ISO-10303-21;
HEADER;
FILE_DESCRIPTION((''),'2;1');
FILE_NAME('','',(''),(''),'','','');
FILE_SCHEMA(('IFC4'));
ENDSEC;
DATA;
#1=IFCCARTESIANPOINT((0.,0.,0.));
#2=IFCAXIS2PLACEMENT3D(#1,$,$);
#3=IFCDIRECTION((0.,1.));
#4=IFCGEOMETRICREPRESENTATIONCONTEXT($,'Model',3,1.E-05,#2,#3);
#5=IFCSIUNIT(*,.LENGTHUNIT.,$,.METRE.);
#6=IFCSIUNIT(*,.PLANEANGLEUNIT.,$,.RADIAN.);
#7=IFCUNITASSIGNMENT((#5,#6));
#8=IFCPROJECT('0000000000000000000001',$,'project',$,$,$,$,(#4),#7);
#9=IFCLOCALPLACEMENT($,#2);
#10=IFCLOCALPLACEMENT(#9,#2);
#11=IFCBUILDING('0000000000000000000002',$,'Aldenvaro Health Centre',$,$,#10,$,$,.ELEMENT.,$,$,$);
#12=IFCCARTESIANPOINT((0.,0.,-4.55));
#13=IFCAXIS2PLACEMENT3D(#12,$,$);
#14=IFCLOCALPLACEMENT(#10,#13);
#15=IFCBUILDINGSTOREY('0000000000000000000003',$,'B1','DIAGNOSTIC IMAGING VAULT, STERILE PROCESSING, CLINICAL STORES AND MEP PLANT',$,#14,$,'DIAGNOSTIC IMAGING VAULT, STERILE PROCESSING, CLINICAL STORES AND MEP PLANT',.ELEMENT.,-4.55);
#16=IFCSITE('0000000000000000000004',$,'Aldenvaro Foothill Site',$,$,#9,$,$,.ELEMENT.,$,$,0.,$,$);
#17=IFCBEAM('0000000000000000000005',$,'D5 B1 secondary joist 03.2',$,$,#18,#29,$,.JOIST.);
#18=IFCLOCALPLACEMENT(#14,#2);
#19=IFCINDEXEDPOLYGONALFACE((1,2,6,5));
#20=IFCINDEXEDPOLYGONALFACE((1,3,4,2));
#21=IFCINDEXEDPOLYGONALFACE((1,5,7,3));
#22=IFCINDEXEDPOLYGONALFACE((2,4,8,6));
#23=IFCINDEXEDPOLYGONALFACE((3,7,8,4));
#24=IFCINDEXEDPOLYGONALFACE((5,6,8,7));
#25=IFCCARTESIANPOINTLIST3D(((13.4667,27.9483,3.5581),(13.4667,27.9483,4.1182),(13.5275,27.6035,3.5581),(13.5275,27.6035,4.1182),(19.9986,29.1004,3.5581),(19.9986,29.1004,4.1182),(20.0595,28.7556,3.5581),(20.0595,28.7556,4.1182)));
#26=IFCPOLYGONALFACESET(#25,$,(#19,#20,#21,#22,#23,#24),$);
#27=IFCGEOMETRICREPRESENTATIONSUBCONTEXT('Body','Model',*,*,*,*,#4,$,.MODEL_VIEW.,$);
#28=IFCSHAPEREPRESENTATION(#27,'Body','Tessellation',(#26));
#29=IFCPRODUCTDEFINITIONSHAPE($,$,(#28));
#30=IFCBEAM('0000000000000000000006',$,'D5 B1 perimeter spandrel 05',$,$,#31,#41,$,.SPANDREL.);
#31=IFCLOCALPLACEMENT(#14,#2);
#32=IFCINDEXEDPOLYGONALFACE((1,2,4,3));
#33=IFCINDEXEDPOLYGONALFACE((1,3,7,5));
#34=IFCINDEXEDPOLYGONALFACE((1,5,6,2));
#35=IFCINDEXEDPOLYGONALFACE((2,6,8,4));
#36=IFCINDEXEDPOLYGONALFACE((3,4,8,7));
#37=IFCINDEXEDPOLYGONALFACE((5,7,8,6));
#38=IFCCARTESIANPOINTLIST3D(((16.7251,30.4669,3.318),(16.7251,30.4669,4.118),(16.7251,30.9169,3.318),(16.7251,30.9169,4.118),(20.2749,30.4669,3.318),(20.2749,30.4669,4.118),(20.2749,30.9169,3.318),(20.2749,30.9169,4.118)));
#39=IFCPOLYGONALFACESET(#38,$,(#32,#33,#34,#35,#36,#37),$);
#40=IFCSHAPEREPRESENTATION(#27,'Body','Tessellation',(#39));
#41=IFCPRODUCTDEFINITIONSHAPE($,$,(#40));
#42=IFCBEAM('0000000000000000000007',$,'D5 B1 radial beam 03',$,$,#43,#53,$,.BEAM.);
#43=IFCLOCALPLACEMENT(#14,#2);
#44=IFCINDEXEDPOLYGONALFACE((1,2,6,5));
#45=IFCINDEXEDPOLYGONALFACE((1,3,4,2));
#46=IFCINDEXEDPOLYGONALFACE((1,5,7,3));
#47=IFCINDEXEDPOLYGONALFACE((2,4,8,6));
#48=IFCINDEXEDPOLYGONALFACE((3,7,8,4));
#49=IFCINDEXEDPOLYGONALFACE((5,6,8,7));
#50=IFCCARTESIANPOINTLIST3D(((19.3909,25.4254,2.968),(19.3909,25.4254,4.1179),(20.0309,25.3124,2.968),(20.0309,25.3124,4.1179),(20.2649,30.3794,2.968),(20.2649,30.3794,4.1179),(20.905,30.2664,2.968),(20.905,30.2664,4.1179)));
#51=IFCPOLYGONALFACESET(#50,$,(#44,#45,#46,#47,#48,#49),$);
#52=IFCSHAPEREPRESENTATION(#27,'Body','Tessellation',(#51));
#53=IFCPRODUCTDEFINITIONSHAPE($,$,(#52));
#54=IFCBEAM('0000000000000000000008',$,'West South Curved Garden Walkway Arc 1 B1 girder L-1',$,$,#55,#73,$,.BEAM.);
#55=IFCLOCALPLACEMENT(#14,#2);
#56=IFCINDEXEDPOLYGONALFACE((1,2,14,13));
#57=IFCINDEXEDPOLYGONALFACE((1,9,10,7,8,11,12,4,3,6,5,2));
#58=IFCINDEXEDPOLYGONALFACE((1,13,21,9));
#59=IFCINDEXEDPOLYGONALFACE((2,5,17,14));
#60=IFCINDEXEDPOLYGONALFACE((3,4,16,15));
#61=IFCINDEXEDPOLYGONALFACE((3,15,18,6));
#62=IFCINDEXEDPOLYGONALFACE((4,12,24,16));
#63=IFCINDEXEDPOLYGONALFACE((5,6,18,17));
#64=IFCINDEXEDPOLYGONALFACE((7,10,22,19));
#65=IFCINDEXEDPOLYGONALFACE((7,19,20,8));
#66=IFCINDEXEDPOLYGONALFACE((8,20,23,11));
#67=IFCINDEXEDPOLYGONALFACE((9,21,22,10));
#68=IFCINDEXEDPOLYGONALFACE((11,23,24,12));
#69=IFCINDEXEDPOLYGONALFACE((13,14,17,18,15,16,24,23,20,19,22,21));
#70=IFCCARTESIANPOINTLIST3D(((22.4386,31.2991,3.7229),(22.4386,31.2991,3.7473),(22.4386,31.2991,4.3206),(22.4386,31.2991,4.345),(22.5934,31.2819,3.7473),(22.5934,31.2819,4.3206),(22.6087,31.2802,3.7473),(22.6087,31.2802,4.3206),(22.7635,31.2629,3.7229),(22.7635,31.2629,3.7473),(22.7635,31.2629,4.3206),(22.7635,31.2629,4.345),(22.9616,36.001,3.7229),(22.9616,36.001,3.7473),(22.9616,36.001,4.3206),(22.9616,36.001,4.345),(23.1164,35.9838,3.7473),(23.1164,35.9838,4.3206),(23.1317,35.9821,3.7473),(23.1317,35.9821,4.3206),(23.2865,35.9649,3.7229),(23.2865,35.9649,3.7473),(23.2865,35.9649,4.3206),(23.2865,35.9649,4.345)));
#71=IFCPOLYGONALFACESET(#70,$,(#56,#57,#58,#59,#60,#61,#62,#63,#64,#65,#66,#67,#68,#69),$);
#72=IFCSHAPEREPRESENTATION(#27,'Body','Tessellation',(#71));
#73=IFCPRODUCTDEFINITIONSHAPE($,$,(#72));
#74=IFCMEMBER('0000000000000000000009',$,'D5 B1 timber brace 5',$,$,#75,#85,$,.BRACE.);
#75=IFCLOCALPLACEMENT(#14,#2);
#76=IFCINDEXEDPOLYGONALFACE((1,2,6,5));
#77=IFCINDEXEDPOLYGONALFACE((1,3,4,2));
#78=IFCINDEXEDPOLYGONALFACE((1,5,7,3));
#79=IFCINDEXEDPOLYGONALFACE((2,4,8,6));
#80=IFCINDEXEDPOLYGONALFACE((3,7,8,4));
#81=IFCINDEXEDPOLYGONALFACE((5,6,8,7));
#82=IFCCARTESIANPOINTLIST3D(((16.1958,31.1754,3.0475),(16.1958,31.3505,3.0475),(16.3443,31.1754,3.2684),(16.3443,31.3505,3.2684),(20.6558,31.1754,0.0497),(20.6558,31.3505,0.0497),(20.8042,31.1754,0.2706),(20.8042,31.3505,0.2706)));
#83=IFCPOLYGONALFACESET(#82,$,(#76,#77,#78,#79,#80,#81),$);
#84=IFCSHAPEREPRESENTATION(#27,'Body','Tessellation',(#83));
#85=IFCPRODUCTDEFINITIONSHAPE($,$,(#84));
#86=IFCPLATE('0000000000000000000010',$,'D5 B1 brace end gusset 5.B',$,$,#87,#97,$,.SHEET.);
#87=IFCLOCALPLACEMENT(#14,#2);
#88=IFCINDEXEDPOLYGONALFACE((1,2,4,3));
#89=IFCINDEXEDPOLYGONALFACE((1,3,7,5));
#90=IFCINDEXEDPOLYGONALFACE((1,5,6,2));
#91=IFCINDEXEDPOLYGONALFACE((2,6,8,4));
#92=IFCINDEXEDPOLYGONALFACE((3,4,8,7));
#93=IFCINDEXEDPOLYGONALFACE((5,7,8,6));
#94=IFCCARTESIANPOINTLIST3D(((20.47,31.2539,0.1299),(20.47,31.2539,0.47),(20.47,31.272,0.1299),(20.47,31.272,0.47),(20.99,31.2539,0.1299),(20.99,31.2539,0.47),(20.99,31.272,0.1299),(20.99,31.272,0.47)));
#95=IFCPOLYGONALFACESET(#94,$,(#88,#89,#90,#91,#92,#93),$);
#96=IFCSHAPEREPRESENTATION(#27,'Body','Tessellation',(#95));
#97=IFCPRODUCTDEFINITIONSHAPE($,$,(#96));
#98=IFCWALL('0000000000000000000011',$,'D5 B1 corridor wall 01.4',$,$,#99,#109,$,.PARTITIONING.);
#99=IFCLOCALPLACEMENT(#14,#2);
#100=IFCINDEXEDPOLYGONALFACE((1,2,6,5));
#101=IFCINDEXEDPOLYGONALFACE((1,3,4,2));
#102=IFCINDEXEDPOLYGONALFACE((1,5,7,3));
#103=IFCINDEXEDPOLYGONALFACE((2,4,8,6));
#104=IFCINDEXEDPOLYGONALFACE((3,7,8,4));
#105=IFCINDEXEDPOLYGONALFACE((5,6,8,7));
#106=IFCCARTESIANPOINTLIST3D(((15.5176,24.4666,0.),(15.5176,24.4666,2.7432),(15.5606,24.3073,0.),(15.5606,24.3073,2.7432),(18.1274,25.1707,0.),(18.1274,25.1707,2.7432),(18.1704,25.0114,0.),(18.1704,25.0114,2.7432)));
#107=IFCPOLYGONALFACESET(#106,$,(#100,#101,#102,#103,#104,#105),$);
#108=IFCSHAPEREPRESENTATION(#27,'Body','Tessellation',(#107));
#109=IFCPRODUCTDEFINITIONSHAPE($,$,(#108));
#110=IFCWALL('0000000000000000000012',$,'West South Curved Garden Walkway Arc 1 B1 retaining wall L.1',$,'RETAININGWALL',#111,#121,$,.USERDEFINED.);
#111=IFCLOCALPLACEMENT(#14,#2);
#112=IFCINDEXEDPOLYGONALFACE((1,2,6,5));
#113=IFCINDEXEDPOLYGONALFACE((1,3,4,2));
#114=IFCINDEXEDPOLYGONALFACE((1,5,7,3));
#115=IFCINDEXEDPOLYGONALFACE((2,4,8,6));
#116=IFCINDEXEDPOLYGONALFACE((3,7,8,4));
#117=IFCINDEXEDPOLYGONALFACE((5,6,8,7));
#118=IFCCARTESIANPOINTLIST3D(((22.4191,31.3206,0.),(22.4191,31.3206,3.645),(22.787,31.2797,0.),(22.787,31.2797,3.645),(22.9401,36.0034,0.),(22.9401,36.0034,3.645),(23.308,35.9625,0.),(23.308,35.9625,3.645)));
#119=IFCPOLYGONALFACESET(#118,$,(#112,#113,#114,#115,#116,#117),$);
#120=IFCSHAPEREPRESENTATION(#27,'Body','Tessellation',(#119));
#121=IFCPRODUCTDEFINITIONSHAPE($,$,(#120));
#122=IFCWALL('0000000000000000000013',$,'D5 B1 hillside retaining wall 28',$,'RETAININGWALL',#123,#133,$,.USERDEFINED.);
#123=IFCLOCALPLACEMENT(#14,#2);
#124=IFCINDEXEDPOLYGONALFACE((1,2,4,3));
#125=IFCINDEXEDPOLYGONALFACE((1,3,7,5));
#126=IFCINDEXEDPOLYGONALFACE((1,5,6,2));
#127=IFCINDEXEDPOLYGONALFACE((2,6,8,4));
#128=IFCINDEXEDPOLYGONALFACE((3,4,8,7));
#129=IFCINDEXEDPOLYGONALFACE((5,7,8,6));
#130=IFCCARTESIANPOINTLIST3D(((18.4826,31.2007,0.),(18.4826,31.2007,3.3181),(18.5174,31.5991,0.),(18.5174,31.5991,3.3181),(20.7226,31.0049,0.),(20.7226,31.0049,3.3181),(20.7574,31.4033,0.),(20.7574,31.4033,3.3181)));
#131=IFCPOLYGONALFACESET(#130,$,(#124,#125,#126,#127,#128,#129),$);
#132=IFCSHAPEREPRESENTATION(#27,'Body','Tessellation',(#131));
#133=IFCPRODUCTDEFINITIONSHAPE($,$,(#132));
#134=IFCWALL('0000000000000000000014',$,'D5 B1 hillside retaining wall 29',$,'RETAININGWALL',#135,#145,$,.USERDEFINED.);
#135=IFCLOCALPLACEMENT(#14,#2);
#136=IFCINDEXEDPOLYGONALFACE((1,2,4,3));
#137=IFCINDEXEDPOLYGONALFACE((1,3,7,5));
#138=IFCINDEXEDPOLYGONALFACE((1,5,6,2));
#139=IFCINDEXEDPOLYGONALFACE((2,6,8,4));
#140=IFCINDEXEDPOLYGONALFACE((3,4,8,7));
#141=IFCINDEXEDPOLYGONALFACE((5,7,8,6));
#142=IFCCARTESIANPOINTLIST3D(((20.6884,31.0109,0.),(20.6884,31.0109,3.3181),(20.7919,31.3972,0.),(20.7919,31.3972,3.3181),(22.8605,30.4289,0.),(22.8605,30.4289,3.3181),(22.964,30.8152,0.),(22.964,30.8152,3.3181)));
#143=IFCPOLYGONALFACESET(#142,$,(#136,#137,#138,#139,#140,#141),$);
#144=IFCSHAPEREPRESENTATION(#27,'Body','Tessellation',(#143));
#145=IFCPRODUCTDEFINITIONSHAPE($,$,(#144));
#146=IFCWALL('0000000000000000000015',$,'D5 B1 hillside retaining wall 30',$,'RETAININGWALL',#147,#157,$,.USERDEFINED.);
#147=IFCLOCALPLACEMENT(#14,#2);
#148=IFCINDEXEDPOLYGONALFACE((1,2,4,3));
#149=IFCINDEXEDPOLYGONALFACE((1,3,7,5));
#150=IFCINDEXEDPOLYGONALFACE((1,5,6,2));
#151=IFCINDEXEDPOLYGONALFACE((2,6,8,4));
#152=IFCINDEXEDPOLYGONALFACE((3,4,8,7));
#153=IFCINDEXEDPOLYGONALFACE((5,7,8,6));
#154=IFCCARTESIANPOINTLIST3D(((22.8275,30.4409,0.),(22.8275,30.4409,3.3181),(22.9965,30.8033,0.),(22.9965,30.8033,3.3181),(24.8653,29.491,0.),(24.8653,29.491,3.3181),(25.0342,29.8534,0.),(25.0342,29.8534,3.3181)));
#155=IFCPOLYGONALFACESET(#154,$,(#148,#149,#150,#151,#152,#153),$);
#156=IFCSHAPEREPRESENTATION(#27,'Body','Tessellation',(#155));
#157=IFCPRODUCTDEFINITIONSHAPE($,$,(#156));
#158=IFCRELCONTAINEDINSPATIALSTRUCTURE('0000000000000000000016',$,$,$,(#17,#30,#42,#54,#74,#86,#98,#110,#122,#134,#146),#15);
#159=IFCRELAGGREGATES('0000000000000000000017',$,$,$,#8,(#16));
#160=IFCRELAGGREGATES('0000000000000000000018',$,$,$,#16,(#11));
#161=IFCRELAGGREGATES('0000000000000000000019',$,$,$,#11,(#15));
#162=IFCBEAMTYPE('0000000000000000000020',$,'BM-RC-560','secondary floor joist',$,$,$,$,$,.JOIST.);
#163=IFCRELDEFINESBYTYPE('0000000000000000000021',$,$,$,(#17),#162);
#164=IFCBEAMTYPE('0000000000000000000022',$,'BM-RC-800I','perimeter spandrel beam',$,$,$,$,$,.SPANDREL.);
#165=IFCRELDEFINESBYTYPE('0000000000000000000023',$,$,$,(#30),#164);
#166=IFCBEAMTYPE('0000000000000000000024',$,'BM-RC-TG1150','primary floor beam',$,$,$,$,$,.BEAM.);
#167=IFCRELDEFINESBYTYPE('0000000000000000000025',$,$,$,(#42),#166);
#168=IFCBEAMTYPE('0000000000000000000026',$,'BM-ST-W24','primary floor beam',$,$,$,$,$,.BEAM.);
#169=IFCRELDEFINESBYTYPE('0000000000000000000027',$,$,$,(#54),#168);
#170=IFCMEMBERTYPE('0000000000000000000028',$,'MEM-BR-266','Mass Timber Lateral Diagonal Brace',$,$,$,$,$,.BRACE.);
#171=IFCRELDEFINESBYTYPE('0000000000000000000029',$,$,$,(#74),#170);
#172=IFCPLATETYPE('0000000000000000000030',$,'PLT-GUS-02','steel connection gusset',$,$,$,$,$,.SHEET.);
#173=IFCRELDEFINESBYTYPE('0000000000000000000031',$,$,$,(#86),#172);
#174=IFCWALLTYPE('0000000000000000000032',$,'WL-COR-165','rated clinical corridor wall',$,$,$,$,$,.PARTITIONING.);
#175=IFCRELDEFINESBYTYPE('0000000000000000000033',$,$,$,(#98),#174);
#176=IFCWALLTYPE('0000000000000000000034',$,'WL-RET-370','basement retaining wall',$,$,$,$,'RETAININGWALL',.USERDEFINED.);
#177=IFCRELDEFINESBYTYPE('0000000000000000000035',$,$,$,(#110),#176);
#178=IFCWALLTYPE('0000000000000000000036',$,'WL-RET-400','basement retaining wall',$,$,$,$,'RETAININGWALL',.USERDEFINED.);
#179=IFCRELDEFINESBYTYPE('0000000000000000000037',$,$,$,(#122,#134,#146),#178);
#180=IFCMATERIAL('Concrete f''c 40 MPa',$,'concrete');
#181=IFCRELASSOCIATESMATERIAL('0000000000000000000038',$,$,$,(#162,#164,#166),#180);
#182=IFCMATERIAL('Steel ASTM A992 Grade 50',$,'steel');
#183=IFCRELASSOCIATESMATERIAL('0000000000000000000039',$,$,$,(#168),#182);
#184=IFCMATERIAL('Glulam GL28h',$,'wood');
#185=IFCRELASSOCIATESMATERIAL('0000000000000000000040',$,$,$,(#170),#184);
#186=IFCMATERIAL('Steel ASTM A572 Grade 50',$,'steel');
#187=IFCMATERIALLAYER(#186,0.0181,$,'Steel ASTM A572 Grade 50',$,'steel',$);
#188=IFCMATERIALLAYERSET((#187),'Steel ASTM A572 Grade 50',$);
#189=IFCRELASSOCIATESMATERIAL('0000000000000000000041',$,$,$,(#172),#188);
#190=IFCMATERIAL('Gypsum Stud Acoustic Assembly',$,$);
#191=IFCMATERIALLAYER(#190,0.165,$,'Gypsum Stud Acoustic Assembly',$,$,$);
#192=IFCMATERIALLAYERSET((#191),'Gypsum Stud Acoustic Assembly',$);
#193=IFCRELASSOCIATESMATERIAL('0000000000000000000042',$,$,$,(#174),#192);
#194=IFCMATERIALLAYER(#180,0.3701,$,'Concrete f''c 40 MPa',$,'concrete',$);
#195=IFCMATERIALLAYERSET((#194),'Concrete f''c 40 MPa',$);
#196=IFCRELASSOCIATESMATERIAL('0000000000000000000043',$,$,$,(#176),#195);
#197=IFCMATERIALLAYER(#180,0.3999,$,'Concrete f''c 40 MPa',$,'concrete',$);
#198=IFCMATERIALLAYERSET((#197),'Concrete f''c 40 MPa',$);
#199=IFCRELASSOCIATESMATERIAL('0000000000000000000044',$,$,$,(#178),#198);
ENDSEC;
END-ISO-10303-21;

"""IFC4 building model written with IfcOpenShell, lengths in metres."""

from ifc_helpers import new_model, si_unit, direction, frame, frame_2d, origin, origin_2d, place, context, subcontext, project, spatial, rectangle, i_section, extrude, material, layer, layer_set, material_profile, profile_set, type_object, element, save


model = new_model("IFC4")

# Units and contexts
model_context = context("Model", 3, precision=1e-05, world=origin(), true_north=direction((0.0, 1.0)))
body_context = subcontext(model_context, "Body", "Model", "MODEL_VIEW")
ifc_project = project(units=[si_unit("LENGTHUNIT", "METRE"), si_unit("PLANEANGLEUNIT", "RADIAN")], contexts=[model_context])

# Site, building, storey
site_placement = place(None, origin())
site = spatial("IfcSite", under=ifc_project, at=site_placement, Name="Aldenvaro Foothill Site", CompositionType="ELEMENT", RefElevation=0.0)
building_placement = place(site_placement, origin())
building = spatial("IfcBuilding", under=site, at=building_placement, Name="Aldenvaro Health Centre", CompositionType="ELEMENT")
storey_placement = place(building_placement, frame((0.0, 0.0, -4.55)))
storey = spatial("IfcBuildingStorey", under=building, at=storey_placement, Name="B1", Description="DIAGNOSTIC IMAGING VAULT, STERILE PROCESSING, CLINICAL STORES AND MEP PLANT", LongName="DIAGNOSTIC IMAGING VAULT, STERILE PROCESSING, CLINICAL STORES AND MEP PLANT", CompositionType="ELEMENT", Elevation=-4.55)

# Shared definitions
ifc_material_1 = material(Name="Concrete f'c 40 MPa", Category="concrete")

# Beams
ifc_material_profile_1 = material_profile(ifc_material_1, rectangle(XDim=0.3501, YDim=0.5601, at=origin_2d()), Name="RC 350x560", Category="concrete")
ifc_profile_set_1 = profile_set([ifc_material_profile_1], Name="Concrete f'c 40 MPa")
beam_type_1 = type_object("IfcBeamType", Name="BM-RC-560", Description="secondary floor joist", PredefinedType="JOIST", material=ifc_profile_set_1)
beam_1_placement = place(storey_placement, frame((20.0291, 28.928, 3.8381), z_axis=(-0.984799, -0.173697, 0.0), x_axis=(0.173697, -0.984799, 0.0)))
element("IfcBeam", 1, at=beam_1_placement, inside=storey, type_object=beam_type_1, Name="D5 B1 secondary joist 03.2", PredefinedType="JOIST", context=body_context, shape_type="SweptSolid", body=[
    extrude(rectangle(XDim=0.3501, YDim=0.5601, at=origin_2d()), origin(), (0.0, 0.0, 1.0), 6.6328),
])
ifc_material_profile_2 = material_profile(ifc_material_1, rectangle(XDim=0.45, YDim=0.8, at=origin_2d()), Name="RC 450x800", Category="concrete")
ifc_profile_set_2 = profile_set([ifc_material_profile_2], Name="Concrete f'c 40 MPa")
beam_type_2 = type_object("IfcBeamType", Name="BM-RC-800I", Description="perimeter spandrel beam", PredefinedType="SPANDREL", material=ifc_profile_set_2)
beam_2_placement = place(storey_placement, frame((20.2749, 30.6919, 3.718), z_axis=(-1.0, 0.0, 0.0), x_axis=(0.0, -1.0, 0.0)))
element("IfcBeam", 2, at=beam_2_placement, inside=storey, type_object=beam_type_2, Name="D5 B1 perimeter spandrel 05", PredefinedType="SPANDREL", context=body_context, shape_type="SweptSolid", body=[
    extrude(rectangle(XDim=0.45, YDim=0.8, at=origin_2d()), origin(), (0.0, 0.0, 1.0), 3.5498),
])
ifc_material_profile_3 = material_profile(ifc_material_1, rectangle(XDim=0.6499, YDim=1.1499, at=origin_2d()), Name="RC 650x1150", Category="concrete")
ifc_profile_set_3 = profile_set([ifc_material_profile_3], Name="Concrete f'c 40 MPa")
beam_type_3 = type_object("IfcBeamType", Name="BM-RC-TG1150", Description="primary floor beam", PredefinedType="BEAM", material=ifc_profile_set_3)
beam_3_placement = place(storey_placement, frame((19.7109, 25.3689, 3.543), z_axis=(0.173741, 0.984791, 0.0), x_axis=(-0.984791, 0.173741, 0.0)))
element("IfcBeam", 3, at=beam_3_placement, inside=storey, type_object=beam_type_3, Name="D5 B1 radial beam 03", PredefinedType="BEAM", context=body_context, shape_type="SweptSolid", body=[
    extrude(rectangle(XDim=0.6499, YDim=1.1499, at=origin_2d()), origin(), (0.0, 0.0, 1.0), 5.0305),
])
ifc_material_2 = material(Name="Steel ASTM A992 Grade 50", Category="steel")
ifc_material_profile_4 = material_profile(ifc_material_2, i_section(OverallWidth=0.3269, OverallDepth=0.6221, WebThickness=0.0154, FlangeThickness=0.0244, at=origin_2d()), Name="W24X131", Category="steel")
ifc_profile_set_4 = profile_set([ifc_material_profile_4], Name="Steel ASTM A992 Grade 50")
beam_type_4 = type_object("IfcBeamType", Name="BM-ST-W24", Description="primary floor beam", PredefinedType="BEAM", material=ifc_profile_set_4)
beam_4_placement = place(storey_placement, frame((22.6011, 31.281, 4.0339), z_axis=(0.110539, 0.993872, 0.0), x_axis=(-0.993872, 0.110539, 0.0)))
element("IfcBeam", 4, at=beam_4_placement, inside=storey, type_object=beam_type_4, Name="West South Curved Garden Walkway Arc 1 B1 girder L-1", PredefinedType="BEAM", context=body_context, shape_type="SweptSolid", body=[
    extrude(i_section(OverallWidth=0.3269, OverallDepth=0.6221, WebThickness=0.0154, FlangeThickness=0.0244, at=origin_2d()), origin(), (0.0, 0.0, 1.0), 4.731),
])

# Member
ifc_material_3 = material(Name="Glulam GL28h", Category="wood")
ifc_material_profile_5 = material_profile(ifc_material_3, rectangle(XDim=0.175, YDim=0.2661, at=origin_2d()), Name="GL 175x266", Category="wood")
ifc_profile_set_5 = profile_set([ifc_material_profile_5], Name="Glulam GL28h")
member_type = type_object("IfcMemberType", Name="MEM-BR-266", Description="Mass Timber Lateral Diagonal Brace", PredefinedType="BRACE", material=ifc_profile_set_5)
member_placement = place(storey_placement, frame((20.73, 31.2629, 0.1602), z_axis=(-0.82994, 0.0, 0.557852), x_axis=(0.0, -1.0, 0.0)))
element("IfcMember", 5, at=member_placement, inside=storey, type_object=member_type, Name="D5 B1 timber brace 5", PredefinedType="BRACE", context=body_context, shape_type="SweptSolid", body=[
    extrude(rectangle(XDim=0.175, YDim=0.2661, at=origin_2d()), origin(), (0.0, 0.0, 1.0), 5.3738),
])

# Plate
ifc_material_4 = material(Name="Steel ASTM A572 Grade 50", Category="steel")
ifc_layer_1 = layer(ifc_material_4, 0.0181, Name="Steel ASTM A572 Grade 50", Category="steel")
ifc_layer_set_1 = layer_set([ifc_layer_1], Name="Steel ASTM A572 Grade 50")
plate_type = type_object("IfcPlateType", Name="PLT-GUS-02", Description="steel connection gusset", PredefinedType="SHEET", material=ifc_layer_set_1)
plate_placement = place(storey_placement, frame((20.73, 31.2629, 0.1299), z_axis=(0.0, 0.0, 1.0), x_axis=(-1.0, 0.0, 0.0)))
element("IfcPlate", 6, at=plate_placement, inside=storey, type_object=plate_type, Name="D5 B1 brace end gusset 5.B", PredefinedType="SHEET", context=body_context, shape_type="SweptSolid", body=[
    extrude(rectangle(XDim=0.52, YDim=0.0181, at=origin_2d()), origin(), (0.0, 0.0, 1.0), 0.3401),
])

# Walls
ifc_material_5 = material(Name="Gypsum Stud Acoustic Assembly")
ifc_layer_2 = layer(ifc_material_5, 0.165, Name="Gypsum Stud Acoustic Assembly")
ifc_layer_set_2 = layer_set([ifc_layer_2], Name="Gypsum Stud Acoustic Assembly")
wall_type_1 = type_object("IfcWallType", Name="WL-COR-165", Description="rated clinical corridor wall", PredefinedType="PARTITIONING", material=ifc_layer_set_2)
wall_1_placement = place(storey_placement, frame((18.1489, 25.0911, 0.0), z_axis=(0.0, 0.0, 1.0), x_axis=(-0.965481, -0.260472, 0.0)))
element("IfcWall", 7, at=wall_1_placement, inside=storey, type_object=wall_type_1, Name="D5 B1 corridor wall 01.4", PredefinedType="PARTITIONING", context=body_context, shape_type="SweptSolid", body=[
    extrude(rectangle(XDim=2.7031, YDim=0.165, at=frame_2d((1.3516, 0.0))), origin(), (0.0, 0.0, 1.0), 2.7432),
])
ifc_layer_3 = layer(ifc_material_1, 0.3701, Name="Concrete f'c 40 MPa", Category="concrete")
ifc_layer_set_3 = layer_set([ifc_layer_3], Name="Concrete f'c 40 MPa")
wall_type_2 = type_object("IfcWallType", Name="WL-RET-370", Description="basement retaining wall", ElementType="RETAININGWALL", PredefinedType="USERDEFINED", material=ifc_layer_set_3)
wall_2_placement = place(storey_placement, frame((22.603, 31.3, 0.0), z_axis=(0.0, 0.0, 1.0), x_axis=(0.110574, 0.993868, 0.0)))
element("IfcWall", 8, at=wall_2_placement, inside=storey, type_object=wall_type_2, Name="West South Curved Garden Walkway Arc 1 B1 retaining wall L.1", ObjectType="RETAININGWALL", PredefinedType="USERDEFINED", context=body_context, shape_type="SweptSolid", body=[
    extrude(rectangle(XDim=4.7117, YDim=0.3701, at=frame_2d((2.356, 0.0))), origin(), (0.0, 0.0, 1.0), 3.645),
])
ifc_layer_4 = layer(ifc_material_1, 0.3999, Name="Concrete f'c 40 MPa", Category="concrete")
ifc_layer_set_4 = layer_set([ifc_layer_4], Name="Concrete f'c 40 MPa")
wall_type_3 = type_object("IfcWallType", Name="WL-RET-400", Description="basement retaining wall", ElementType="RETAININGWALL", PredefinedType="USERDEFINED", material=ifc_layer_set_4)
wall_3_placement = place(storey_placement, frame((18.5, 31.3999, 0.0), z_axis=(0.0, 0.0, 1.0), x_axis=(0.996201, -0.087079, 0.0)))
element("IfcWall", 9, at=wall_3_placement, inside=storey, type_object=wall_type_3, Name="D5 B1 hillside retaining wall 28", ObjectType="RETAININGWALL", PredefinedType="USERDEFINED", context=body_context, shape_type="SweptSolid", body=[
    extrude(rectangle(XDim=2.2485, YDim=0.3999, at=frame_2d((1.1243, 0.0))), origin(), (0.0, 0.0, 1.0), 3.3181),
])
wall_4_placement = place(storey_placement, frame((20.74, 31.2041, 0.0), z_axis=(0.0, 0.0, 1.0), x_axis=(0.965924, -0.258825, 0.0)))
element("IfcWall", 10, at=wall_4_placement, inside=storey, type_object=wall_type_3, Name="D5 B1 hillside retaining wall 29", ObjectType="RETAININGWALL", PredefinedType="USERDEFINED", context=body_context, shape_type="SweptSolid", body=[
    extrude(rectangle(XDim=2.2488, YDim=0.3999, at=frame_2d((1.1245, 0.0))), origin(), (0.0, 0.0, 1.0), 3.3181),
])
wall_5_placement = place(storey_placement, frame((22.9121, 30.6221, 0.0), z_axis=(0.0, 0.0, 1.0), x_axis=(0.906361, -0.422505, 0.0)))
element("IfcWall", 11, at=wall_5_placement, inside=storey, type_object=wall_type_3, Name="D5 B1 hillside retaining wall 30", ObjectType="RETAININGWALL", PredefinedType="USERDEFINED", context=body_context, shape_type="SweptSolid", body=[
    extrude(rectangle(XDim=2.2483, YDim=0.3999, at=frame_2d((1.124, 0.0))), origin(), (0.0, 0.0, 1.0), 3.3181),
])

save(model, "model.ifc")
